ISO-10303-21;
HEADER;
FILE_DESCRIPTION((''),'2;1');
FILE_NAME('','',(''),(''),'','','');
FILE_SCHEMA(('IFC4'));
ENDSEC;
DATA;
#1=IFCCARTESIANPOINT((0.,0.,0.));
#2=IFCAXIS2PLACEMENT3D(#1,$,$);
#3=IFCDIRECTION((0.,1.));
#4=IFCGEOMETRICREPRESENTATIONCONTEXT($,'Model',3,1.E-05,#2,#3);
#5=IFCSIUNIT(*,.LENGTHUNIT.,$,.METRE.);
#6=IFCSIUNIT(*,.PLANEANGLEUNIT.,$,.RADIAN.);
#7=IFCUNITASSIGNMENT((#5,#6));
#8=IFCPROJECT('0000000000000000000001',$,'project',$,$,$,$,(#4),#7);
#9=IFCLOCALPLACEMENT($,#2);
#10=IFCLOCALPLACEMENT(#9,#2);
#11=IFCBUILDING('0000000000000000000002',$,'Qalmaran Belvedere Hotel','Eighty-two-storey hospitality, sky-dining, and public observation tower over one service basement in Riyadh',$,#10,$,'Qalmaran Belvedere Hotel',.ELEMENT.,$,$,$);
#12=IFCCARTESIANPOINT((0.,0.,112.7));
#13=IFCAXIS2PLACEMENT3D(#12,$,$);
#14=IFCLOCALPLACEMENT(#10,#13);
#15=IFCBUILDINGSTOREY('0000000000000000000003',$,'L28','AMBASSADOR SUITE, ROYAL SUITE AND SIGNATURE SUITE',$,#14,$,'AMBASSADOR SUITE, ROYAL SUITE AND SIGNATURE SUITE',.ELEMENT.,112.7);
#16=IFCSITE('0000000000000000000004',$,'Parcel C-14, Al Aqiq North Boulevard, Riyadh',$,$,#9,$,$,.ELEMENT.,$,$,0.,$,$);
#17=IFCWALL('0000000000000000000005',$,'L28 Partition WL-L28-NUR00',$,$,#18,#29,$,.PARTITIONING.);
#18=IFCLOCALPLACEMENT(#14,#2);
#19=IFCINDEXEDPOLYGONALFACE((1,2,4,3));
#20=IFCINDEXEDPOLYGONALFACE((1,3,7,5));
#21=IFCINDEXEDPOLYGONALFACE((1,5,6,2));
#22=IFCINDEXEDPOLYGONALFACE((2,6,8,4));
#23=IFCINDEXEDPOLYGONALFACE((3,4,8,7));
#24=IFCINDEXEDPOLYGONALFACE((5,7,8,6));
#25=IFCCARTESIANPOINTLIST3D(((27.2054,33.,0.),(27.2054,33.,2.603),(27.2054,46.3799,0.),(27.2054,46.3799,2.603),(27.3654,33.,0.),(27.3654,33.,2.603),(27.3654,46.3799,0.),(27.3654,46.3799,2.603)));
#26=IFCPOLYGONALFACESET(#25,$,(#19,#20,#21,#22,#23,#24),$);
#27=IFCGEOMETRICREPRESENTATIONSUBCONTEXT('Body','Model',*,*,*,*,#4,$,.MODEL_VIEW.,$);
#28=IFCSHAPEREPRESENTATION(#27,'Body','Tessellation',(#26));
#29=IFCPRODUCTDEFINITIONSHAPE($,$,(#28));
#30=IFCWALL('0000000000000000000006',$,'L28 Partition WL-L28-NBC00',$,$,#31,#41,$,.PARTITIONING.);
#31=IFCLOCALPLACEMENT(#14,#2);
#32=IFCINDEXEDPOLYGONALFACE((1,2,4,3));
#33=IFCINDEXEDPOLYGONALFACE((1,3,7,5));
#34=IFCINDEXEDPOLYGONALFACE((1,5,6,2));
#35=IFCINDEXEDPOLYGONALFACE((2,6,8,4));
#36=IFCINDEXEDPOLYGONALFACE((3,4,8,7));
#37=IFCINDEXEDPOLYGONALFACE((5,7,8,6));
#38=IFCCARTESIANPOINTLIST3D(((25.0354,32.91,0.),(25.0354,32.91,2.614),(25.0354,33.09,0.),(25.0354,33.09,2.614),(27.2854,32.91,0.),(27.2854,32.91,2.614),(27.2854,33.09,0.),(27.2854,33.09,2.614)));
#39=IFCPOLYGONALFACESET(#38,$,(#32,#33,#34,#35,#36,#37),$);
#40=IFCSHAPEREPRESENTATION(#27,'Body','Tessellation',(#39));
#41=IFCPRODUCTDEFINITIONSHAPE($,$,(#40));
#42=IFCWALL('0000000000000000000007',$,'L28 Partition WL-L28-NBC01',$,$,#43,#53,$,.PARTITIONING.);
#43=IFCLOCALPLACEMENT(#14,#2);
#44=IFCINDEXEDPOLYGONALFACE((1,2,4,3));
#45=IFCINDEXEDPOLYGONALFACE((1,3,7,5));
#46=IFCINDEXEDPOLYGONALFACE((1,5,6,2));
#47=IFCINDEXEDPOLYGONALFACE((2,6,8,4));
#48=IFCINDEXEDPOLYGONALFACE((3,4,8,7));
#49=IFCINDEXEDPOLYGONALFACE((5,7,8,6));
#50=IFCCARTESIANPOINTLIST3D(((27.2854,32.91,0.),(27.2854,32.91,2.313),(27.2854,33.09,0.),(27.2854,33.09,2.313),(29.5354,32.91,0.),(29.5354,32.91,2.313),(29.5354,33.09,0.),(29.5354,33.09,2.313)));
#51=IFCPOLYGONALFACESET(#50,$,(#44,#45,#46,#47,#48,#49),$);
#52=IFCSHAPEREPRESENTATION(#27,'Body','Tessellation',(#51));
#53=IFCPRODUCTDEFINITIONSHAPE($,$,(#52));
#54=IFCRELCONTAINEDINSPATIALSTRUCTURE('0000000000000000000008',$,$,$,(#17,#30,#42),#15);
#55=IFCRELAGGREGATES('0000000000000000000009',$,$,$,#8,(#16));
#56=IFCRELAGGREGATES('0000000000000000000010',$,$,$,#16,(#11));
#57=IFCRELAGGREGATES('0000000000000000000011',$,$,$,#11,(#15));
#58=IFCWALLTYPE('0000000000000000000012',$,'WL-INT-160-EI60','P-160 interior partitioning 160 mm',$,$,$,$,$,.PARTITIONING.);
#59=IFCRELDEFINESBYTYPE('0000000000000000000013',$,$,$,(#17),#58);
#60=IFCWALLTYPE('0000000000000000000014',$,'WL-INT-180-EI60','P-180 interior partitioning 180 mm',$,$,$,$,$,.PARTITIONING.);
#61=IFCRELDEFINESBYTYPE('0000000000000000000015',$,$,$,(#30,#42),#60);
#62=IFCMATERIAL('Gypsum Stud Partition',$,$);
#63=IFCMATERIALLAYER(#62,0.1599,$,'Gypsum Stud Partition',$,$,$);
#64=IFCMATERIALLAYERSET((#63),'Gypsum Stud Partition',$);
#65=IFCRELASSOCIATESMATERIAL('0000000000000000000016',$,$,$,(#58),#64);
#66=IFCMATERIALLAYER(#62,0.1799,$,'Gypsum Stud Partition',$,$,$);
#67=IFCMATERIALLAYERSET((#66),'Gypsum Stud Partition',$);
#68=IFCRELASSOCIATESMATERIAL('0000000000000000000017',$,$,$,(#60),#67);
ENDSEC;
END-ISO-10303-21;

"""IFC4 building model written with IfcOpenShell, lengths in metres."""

from ifc_helpers import new_model, si_unit, direction, frame, frame_2d, origin, place, context, subcontext, project, spatial, rectangle, extrude, material, layer, layer_set, type_object, element, save


model = new_model("IFC4")

# Units and contexts
model_context = context("Model", 3, precision=1e-05, world=origin(), true_north=direction((0.0, 1.0)))
body_context = subcontext(model_context, "Body", "Model", "MODEL_VIEW")
ifc_project = project(units=[si_unit("LENGTHUNIT", "METRE"), si_unit("PLANEANGLEUNIT", "RADIAN")], contexts=[model_context])

# Site, building, storey
site_placement = place(None, origin())
site = spatial("IfcSite", under=ifc_project, at=site_placement, Name="Parcel C-14, Al Aqiq North Boulevard, Riyadh", CompositionType="ELEMENT", RefElevation=0.0)
building_placement = place(site_placement, origin())
building = spatial("IfcBuilding", under=site, at=building_placement, Name="Qalmaran Belvedere Hotel", Description="Eighty-two-storey hospitality, sky-dining, and public observation tower over one service basement in Riyadh", LongName="Qalmaran Belvedere Hotel", CompositionType="ELEMENT")
storey_placement = place(building_placement, frame((0.0, 0.0, 112.7)))
storey = spatial("IfcBuildingStorey", under=building, at=storey_placement, Name="L28", Description="AMBASSADOR SUITE, ROYAL SUITE AND SIGNATURE SUITE", LongName="AMBASSADOR SUITE, ROYAL SUITE AND SIGNATURE SUITE", CompositionType="ELEMENT", Elevation=112.7)

# Walls
ifc_material_1 = material(Name="Gypsum Stud Partition")
ifc_layer_1 = layer(ifc_material_1, 0.1599, Name="Gypsum Stud Partition")
ifc_layer_set_1 = layer_set([ifc_layer_1], Name="Gypsum Stud Partition")
wall_type_1 = type_object("IfcWallType", Name="WL-INT-160-EI60", Description="P-160 interior partitioning 160 mm", PredefinedType="PARTITIONING", material=ifc_layer_set_1)
wall_1_placement = place(storey_placement, frame((27.2854, 33.0, 0.0), z_axis=(0.0, 0.0, 1.0), x_axis=(0.0, 1.0, 0.0)))
element("IfcWall", 1, at=wall_1_placement, inside=storey, type_object=wall_type_1, Name="L28 Partition WL-L28-NUR00", PredefinedType="PARTITIONING", context=body_context, shape_type="SweptSolid", body=[
    extrude(rectangle(XDim=13.3799, YDim=0.1599, at=frame_2d((6.6899, 0.0))), origin(), (0.0, 0.0, 1.0), 2.603),
])
ifc_layer_2 = layer(ifc_material_1, 0.1799, Name="Gypsum Stud Partition")
ifc_layer_set_2 = layer_set([ifc_layer_2], Name="Gypsum Stud Partition")
wall_type_2 = type_object("IfcWallType", Name="WL-INT-180-EI60", Description="P-180 interior partitioning 180 mm", PredefinedType="PARTITIONING", material=ifc_layer_set_2)
wall_2_placement = place(storey_placement, frame((25.0354, 33.0, 0.0), z_axis=(0.0, 0.0, 1.0), x_axis=(1.0, 0.0, 0.0)))
element("IfcWall", 2, at=wall_2_placement, inside=storey, type_object=wall_type_2, Name="L28 Partition WL-L28-NBC00", PredefinedType="PARTITIONING", context=body_context, shape_type="SweptSolid", body=[
    extrude(rectangle(XDim=2.25, YDim=0.1799, at=frame_2d((1.125, 0.0))), origin(), (0.0, 0.0, 1.0), 2.614),
])
wall_3_placement = place(storey_placement, frame((27.2854, 33.0, 0.0), z_axis=(0.0, 0.0, 1.0), x_axis=(1.0, 0.0, 0.0)))
element("IfcWall", 3, at=wall_3_placement, inside=storey, type_object=wall_type_2, Name="L28 Partition WL-L28-NBC01", PredefinedType="PARTITIONING", context=body_context, shape_type="SweptSolid", body=[
    extrude(rectangle(XDim=2.25, YDim=0.1799, at=frame_2d((1.125, 0.0))), origin(), (0.0, 0.0, 1.0), 2.313),
])

save(model, "model.ifc")
